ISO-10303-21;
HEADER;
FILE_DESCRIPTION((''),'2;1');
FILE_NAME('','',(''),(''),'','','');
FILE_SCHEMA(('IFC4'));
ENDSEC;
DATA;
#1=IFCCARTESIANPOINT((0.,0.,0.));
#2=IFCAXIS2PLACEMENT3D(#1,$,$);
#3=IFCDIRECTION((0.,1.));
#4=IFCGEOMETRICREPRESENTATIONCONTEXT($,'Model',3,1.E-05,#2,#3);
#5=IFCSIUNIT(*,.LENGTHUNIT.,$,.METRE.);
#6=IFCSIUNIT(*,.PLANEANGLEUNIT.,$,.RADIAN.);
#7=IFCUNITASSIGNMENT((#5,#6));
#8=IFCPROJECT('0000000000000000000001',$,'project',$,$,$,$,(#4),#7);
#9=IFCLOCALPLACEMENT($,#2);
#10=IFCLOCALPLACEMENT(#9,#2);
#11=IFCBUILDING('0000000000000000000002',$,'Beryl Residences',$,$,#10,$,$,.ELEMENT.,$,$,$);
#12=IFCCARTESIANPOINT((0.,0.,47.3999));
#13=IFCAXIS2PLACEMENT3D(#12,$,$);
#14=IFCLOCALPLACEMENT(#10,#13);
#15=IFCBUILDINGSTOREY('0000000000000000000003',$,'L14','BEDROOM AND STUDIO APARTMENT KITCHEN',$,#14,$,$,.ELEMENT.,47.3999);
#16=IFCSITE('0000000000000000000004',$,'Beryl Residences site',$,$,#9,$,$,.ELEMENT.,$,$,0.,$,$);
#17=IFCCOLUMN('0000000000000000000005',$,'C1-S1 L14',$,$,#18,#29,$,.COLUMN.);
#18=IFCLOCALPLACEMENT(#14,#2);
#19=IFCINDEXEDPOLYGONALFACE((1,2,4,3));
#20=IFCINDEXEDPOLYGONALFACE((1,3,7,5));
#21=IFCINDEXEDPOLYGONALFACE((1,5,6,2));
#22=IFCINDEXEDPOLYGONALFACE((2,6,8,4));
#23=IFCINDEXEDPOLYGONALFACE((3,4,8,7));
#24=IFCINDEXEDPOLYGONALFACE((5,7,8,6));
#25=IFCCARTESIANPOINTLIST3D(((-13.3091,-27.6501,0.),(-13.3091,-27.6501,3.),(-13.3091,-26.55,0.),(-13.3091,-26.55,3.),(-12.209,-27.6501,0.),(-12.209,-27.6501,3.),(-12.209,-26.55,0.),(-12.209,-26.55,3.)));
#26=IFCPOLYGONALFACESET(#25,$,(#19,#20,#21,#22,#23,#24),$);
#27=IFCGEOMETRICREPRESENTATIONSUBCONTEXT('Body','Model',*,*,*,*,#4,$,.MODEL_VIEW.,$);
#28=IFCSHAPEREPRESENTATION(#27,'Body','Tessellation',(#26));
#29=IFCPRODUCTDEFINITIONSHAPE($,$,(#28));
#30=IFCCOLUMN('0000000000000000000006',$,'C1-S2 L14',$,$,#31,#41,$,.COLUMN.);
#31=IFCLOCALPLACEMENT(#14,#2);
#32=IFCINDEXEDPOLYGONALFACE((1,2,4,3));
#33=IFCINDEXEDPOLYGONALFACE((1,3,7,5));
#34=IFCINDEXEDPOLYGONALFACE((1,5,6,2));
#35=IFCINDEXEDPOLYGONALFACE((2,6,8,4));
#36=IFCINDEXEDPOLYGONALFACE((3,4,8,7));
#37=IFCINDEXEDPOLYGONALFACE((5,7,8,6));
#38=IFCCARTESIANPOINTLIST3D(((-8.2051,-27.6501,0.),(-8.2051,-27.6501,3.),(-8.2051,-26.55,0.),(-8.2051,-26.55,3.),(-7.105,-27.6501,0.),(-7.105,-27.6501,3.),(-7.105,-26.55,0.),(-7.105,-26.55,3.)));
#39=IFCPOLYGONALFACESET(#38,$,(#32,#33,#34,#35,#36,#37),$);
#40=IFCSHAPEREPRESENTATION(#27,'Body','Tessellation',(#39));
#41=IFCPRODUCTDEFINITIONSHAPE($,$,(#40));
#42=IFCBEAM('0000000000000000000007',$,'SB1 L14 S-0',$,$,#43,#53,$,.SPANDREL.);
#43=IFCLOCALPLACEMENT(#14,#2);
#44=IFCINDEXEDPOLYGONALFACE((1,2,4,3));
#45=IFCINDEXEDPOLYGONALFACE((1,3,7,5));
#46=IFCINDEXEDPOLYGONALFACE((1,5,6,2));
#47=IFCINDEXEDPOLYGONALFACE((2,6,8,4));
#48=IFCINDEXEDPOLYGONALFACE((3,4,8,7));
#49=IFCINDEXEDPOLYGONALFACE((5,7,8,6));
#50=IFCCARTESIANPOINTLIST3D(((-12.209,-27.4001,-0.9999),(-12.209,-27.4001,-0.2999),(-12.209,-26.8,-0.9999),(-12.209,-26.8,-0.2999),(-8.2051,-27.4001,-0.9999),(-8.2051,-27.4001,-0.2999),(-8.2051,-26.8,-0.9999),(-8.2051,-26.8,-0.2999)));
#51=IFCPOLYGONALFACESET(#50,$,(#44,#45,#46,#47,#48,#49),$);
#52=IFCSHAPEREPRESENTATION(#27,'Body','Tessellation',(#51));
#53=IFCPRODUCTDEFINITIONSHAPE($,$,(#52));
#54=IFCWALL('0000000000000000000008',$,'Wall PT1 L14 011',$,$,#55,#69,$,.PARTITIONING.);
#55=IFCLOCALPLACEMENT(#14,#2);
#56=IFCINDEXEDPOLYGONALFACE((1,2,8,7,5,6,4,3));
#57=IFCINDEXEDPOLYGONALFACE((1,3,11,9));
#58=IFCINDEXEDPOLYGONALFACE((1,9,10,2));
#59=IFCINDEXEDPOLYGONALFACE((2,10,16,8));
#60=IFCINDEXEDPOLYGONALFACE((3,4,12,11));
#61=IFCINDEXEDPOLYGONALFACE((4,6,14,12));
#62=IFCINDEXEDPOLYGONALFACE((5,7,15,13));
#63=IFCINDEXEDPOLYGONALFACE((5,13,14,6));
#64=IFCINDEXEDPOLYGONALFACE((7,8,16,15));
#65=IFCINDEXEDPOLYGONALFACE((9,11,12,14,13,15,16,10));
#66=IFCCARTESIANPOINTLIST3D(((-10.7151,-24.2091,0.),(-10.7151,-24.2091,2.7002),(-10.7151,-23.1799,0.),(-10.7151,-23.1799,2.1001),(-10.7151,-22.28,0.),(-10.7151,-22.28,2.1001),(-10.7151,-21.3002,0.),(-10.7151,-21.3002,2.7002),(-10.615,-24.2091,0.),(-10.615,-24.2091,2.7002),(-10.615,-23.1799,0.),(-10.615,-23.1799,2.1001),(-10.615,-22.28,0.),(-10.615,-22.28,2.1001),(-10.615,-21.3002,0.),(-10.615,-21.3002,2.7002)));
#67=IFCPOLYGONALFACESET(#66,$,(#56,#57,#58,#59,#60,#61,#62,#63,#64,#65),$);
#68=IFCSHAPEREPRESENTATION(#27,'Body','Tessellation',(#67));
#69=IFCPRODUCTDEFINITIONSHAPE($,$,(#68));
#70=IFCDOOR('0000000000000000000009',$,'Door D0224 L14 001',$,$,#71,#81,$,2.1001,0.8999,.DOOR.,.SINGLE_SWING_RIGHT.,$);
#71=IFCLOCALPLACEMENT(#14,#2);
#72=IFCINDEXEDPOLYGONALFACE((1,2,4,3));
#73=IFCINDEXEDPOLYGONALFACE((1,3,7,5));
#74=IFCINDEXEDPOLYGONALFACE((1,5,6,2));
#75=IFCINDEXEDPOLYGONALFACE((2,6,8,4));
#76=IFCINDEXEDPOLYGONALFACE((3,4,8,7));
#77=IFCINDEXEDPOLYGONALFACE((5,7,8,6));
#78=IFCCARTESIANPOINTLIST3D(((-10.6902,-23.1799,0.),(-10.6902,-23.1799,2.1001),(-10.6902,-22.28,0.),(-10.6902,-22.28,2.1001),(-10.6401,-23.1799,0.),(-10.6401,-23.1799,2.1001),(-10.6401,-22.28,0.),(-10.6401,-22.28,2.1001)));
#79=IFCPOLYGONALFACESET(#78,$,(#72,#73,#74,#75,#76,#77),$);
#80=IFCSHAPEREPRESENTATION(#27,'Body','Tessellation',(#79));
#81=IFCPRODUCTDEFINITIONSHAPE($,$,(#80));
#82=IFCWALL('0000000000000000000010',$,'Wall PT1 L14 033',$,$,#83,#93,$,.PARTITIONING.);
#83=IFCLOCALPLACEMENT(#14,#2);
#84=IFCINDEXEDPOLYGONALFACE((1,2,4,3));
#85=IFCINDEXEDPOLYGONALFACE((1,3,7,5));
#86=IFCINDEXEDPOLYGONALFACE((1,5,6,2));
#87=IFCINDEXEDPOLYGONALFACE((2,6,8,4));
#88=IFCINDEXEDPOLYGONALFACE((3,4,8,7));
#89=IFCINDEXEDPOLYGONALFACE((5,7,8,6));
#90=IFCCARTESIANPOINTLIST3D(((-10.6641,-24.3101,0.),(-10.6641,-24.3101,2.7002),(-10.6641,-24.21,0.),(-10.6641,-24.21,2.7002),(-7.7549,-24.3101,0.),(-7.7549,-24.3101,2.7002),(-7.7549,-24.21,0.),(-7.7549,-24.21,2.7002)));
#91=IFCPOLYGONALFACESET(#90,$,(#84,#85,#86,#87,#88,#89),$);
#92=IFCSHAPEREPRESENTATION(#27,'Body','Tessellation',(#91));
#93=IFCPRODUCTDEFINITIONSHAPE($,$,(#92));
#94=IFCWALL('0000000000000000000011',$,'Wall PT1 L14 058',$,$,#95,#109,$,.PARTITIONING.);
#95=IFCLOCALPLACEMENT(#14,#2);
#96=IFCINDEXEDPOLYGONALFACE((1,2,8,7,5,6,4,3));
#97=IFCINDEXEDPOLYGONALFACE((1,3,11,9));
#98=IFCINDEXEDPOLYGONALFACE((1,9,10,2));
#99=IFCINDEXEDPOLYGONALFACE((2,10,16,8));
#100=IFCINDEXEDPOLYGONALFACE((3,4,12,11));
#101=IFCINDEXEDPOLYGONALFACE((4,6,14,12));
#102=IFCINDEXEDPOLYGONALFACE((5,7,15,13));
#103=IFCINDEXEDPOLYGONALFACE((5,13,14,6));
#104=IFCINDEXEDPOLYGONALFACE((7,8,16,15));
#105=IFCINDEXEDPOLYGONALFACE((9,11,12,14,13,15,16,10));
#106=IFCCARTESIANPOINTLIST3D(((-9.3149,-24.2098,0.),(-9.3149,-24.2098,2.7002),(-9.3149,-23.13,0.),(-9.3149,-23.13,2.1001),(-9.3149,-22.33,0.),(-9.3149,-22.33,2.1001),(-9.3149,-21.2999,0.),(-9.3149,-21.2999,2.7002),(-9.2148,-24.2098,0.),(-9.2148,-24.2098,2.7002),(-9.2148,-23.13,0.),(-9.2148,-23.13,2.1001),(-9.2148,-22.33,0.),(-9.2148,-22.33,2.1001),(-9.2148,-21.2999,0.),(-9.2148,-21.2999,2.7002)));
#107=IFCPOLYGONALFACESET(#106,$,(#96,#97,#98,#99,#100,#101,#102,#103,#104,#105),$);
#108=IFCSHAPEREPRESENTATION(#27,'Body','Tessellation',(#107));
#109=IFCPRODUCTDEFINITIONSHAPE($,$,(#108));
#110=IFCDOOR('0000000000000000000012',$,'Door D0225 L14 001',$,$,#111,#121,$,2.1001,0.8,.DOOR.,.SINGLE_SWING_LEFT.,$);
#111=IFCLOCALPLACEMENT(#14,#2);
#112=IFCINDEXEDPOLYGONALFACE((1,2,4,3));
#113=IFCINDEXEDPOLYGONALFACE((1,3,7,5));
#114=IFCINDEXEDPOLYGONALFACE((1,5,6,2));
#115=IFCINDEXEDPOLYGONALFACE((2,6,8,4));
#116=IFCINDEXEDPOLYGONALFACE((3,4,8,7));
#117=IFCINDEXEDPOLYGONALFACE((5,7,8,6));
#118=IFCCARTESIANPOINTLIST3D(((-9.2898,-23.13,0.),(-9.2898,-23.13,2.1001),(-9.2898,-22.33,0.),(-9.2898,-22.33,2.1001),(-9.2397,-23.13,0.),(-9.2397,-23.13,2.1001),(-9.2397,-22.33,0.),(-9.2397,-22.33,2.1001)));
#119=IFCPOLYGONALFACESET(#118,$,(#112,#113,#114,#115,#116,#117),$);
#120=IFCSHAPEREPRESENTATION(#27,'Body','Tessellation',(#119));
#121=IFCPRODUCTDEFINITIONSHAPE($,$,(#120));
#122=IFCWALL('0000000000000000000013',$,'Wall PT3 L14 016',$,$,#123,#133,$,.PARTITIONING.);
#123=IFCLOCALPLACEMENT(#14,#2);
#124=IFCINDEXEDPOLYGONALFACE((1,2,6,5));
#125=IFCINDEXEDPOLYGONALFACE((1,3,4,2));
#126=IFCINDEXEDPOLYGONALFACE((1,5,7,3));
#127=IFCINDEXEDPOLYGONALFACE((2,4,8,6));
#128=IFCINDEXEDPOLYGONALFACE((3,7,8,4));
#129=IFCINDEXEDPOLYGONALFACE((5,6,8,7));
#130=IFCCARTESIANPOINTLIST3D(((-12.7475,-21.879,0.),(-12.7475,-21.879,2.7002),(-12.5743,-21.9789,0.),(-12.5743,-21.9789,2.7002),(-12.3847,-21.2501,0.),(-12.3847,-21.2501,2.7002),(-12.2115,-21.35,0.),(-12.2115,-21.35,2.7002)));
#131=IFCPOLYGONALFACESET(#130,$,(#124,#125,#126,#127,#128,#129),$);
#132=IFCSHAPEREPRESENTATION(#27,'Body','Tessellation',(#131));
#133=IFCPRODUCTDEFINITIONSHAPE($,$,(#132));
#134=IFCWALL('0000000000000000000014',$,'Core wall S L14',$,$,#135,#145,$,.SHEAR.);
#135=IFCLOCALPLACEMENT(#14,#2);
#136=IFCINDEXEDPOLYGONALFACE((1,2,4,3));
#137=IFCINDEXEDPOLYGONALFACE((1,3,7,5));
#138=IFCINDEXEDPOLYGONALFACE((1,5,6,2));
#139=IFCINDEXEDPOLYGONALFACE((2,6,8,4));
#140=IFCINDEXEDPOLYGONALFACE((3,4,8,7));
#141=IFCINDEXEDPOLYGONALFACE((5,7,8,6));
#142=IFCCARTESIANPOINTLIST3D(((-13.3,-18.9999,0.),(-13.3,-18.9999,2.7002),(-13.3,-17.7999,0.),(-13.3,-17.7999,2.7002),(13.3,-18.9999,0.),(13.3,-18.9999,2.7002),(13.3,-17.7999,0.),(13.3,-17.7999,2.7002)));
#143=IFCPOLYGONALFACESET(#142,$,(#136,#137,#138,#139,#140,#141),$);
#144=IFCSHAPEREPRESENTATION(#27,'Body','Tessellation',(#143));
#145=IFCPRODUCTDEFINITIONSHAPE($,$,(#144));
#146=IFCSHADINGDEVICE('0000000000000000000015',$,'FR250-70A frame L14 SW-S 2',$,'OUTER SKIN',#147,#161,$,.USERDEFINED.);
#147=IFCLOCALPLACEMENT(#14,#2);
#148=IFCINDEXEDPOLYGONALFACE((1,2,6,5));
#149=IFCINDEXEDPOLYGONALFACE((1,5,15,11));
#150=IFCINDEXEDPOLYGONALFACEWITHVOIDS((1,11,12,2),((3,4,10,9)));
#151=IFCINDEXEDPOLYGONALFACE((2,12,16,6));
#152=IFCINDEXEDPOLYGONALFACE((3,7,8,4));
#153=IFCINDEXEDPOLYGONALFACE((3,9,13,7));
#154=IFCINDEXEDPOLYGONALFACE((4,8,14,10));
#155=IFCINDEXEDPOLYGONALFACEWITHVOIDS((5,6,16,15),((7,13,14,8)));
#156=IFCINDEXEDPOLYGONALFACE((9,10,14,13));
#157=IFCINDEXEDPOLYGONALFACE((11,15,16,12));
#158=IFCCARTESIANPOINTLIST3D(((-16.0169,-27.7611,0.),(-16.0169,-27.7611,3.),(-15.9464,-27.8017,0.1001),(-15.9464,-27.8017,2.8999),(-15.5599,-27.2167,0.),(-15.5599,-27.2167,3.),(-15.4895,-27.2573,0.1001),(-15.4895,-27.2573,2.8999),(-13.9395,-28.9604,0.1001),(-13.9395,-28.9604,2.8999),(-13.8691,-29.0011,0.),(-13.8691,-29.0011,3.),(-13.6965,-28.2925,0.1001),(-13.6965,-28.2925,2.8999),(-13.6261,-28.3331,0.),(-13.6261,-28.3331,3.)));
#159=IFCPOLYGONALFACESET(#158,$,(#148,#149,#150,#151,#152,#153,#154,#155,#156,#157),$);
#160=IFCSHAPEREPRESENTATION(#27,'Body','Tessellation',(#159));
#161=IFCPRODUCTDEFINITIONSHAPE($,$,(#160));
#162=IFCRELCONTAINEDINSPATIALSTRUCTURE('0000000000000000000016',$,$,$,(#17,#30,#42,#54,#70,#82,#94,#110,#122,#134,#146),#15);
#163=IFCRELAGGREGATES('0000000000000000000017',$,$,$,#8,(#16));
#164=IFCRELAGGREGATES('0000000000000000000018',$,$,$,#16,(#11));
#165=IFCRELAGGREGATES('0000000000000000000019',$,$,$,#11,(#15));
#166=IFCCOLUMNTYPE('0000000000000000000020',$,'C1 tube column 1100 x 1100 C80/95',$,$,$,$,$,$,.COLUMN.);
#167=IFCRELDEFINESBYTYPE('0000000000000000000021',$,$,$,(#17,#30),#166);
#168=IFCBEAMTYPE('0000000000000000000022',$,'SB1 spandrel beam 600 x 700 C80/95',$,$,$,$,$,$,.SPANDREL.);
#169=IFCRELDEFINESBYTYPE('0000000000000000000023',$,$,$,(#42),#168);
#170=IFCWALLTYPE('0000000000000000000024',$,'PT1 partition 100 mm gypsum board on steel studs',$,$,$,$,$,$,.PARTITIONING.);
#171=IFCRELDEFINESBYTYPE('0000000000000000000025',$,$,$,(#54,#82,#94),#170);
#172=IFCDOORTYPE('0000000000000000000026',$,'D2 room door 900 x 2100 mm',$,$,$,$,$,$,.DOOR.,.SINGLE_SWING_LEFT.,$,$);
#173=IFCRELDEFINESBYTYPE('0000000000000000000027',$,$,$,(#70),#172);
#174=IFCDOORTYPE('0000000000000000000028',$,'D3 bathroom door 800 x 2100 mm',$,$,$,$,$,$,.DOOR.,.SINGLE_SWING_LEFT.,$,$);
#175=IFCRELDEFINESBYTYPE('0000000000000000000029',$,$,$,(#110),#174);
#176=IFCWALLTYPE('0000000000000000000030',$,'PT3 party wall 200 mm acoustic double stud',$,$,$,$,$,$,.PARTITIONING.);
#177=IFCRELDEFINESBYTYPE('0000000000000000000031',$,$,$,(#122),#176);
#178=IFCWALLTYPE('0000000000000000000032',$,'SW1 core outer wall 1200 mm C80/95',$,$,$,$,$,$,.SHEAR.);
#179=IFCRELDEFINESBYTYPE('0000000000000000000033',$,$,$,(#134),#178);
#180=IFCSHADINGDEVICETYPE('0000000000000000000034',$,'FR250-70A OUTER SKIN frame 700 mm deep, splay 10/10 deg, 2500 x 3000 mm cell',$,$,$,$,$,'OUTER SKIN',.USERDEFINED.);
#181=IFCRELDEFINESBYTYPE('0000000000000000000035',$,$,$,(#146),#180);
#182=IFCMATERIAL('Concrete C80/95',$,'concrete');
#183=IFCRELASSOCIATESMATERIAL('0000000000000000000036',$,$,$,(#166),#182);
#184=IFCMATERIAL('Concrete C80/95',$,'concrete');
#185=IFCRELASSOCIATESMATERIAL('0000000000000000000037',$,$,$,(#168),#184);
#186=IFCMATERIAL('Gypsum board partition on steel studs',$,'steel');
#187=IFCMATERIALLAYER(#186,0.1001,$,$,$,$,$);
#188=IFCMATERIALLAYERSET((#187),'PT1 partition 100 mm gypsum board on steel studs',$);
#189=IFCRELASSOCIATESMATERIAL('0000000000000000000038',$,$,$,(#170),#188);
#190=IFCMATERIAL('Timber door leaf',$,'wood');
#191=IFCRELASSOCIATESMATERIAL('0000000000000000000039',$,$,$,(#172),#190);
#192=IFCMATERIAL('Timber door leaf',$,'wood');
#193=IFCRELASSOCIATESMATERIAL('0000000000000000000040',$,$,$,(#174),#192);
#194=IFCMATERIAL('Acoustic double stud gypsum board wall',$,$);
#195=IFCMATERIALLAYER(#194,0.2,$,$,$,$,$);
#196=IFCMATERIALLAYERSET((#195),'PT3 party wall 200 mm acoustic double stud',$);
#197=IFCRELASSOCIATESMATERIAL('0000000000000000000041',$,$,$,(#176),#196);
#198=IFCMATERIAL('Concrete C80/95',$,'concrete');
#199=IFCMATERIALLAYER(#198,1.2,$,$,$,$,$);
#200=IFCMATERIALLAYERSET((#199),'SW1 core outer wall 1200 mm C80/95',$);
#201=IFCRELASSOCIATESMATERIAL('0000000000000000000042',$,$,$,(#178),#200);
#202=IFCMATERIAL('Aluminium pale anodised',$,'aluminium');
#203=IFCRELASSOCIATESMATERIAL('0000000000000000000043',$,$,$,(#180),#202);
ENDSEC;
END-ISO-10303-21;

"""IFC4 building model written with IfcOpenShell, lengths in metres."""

from ifc_helpers import new_model, entity, si_unit, direction, frame, frame_2d, origin, origin_2d, place, context, subcontext, project, spatial, rectangle, extrude, source, transform, mapped, material, layer, layer_set, material_profile, profile_set, type_object, type_shapes, element, fill, save


model = new_model("IFC4")

# Units and contexts
model_context = context("Model", 3, precision=1e-05, world=origin(), true_north=direction((0.0, 1.0)))
body_context = subcontext(model_context, "Body", "Model", "MODEL_VIEW")
ifc_project = project(units=[si_unit("LENGTHUNIT", "METRE"), si_unit("PLANEANGLEUNIT", "RADIAN")], contexts=[model_context])

# Site, building, storey
site_placement = place(None, origin())
site = spatial("IfcSite", under=ifc_project, at=site_placement, Name="Beryl Residences site", CompositionType="ELEMENT", RefElevation=0.0)
building_placement = place(site_placement, origin())
building = spatial("IfcBuilding", under=site, at=building_placement, Name="Beryl Residences", CompositionType="ELEMENT")
storey_placement = place(building_placement, frame((0.0, 0.0, 47.3999)))
storey = spatial("IfcBuildingStorey", under=building, at=storey_placement, Name="L14", Description="BEDROOM AND STUDIO APARTMENT KITCHEN", CompositionType="ELEMENT", Elevation=47.3999)

# Columns
ifc_material_1 = material(Name="Concrete C80/95", Category="concrete")
ifc_material_profile_1 = material_profile(ifc_material_1, rectangle(XDim=1.1001, YDim=1.1001, at=origin_2d()))
ifc_profile_set_1 = profile_set([ifc_material_profile_1], Name="Concrete C80/95")
column_type = type_object("IfcColumnType", Name="C1 tube column 1100 x 1100 C80/95", PredefinedType="COLUMN", material=ifc_profile_set_1)
for number, where, z_axis, x_axis, name in (
    (1, (-12.759, -27.1001, 0.0), (0.0, 0.0, 1.0), (1.0, 0.0, 0.0), "C1-S1 L14"),
    (2, (-7.655, -27.1001, 0.0), (0.0, 0.0, 1.0), (1.0, 0.0, 0.0), "C1-S2 L14"),
):
    element("IfcColumn", number, at=place(storey_placement, frame(where, z_axis=z_axis, x_axis=x_axis)), inside=storey, type_object=column_type, Name=name, PredefinedType="COLUMN", context=body_context, shape_type="SweptSolid", body=[
        extrude(rectangle(XDim=1.1001, YDim=1.1001, at=origin_2d()), origin(), (0.0, 0.0, 1.0), 3.0),
    ])

# Beam
ifc_material_2 = material(Name="Concrete C80/95", Category="concrete")
ifc_material_profile_2 = material_profile(ifc_material_2, rectangle(XDim=0.6001, YDim=0.7, at=origin_2d()))
ifc_profile_set_2 = profile_set([ifc_material_profile_2], Name="Concrete C80/95")
beam_type = type_object("IfcBeamType", Name="SB1 spandrel beam 600 x 700 C80/95", PredefinedType="SPANDREL", material=ifc_profile_set_2)
beam_placement = place(storey_placement, frame((-12.209, -27.1001, -0.6499), z_axis=(1.0, 0.0, 0.0), x_axis=(0.0, 1.0, 0.0)))
element("IfcBeam", 3, at=beam_placement, inside=storey, type_object=beam_type, Name="SB1 L14 S-0", PredefinedType="SPANDREL", context=body_context, shape_type="SweptSolid", body=[
    extrude(rectangle(XDim=0.6001, YDim=0.7, at=origin_2d()), origin(), (0.0, 0.0, 1.0), 4.0039),
])

# Wall, opening, door
ifc_material_3 = material(Name="Gypsum board partition on steel studs", Category="steel")
ifc_layer_1 = layer(ifc_material_3, 0.1001)
ifc_layer_set_1 = layer_set([ifc_layer_1], Name="PT1 partition 100 mm gypsum board on steel studs")
wall_type_1 = type_object("IfcWallType", Name="PT1 partition 100 mm gypsum board on steel studs", PredefinedType="PARTITIONING", material=ifc_layer_set_1)
wall_1_placement = place(storey_placement, frame((-10.665, -21.3, 0.0), z_axis=(0.0, 0.0, 1.0), x_axis=(0.0, -1.0, 0.0)))
wall_1 = element("IfcWall", 4, at=wall_1_placement, inside=storey, type_object=wall_type_1, Name="Wall PT1 L14 011", PredefinedType="PARTITIONING", context=body_context, shape_type="SweptSolid", body=[
    extrude(rectangle(XDim=2.9089, YDim=0.1001, at=frame_2d((1.4546, 0.0))), origin(), (0.0, 0.0, 1.0), 2.7002),
])
opening_1_placement = place(wall_1_placement, frame((0.98, 0.0, 0.0)))
opening_1 = element("IfcOpeningElement", 5, at=opening_1_placement, cuts=wall_1, PredefinedType="OPENING", context=body_context, shape_type="SweptSolid", body=[
    extrude(rectangle(XDim=0.8999, YDim=2.1001, at=frame_2d((0.45, 1.05))), frame((0.0, 0.0601, 0.0), z_axis=(0.0, -1.0, 0.0), x_axis=(1.0, 0.0, 0.0)), (0.0, 0.0, 1.0), 0.1201),
])
ifc_material_4 = material(Name="Timber door leaf", Category="wood")
door_type_1 = type_object("IfcDoorType", Name="D2 room door 900 x 2100 mm", OperationType="SINGLE_SWING_LEFT", PredefinedType="DOOR", material=ifc_material_4)
door_1_placement = place(opening_1_placement, origin())
door_1 = element("IfcDoor", 6, at=door_1_placement, inside=storey, type_object=door_type_1, Name="Door D0224 L14 001", OperationType="SINGLE_SWING_RIGHT", OverallHeight=2.1001, OverallWidth=0.8999, PredefinedType="DOOR", context=body_context, shape_type="SweptSolid", body=[
    extrude(rectangle(XDim=0.8999, YDim=2.1001, at=frame_2d((0.45, 1.05))), frame((0.0, 0.0249, 0.0), z_axis=(0.0, -1.0, 0.0), x_axis=(1.0, 0.0, 0.0)), (0.0, 0.0, 1.0), 0.05),
])
fill(opening_1, door_1)

# Wall
wall_2_placement = place(storey_placement, frame((-10.6641, -24.26, 0.0), z_axis=(0.0, 0.0, 1.0), x_axis=(1.0, 0.0, 0.0)))
element("IfcWall", 7, at=wall_2_placement, inside=storey, type_object=wall_type_1, Name="Wall PT1 L14 033", PredefinedType="PARTITIONING", context=body_context, shape_type="SweptSolid", body=[
    extrude(rectangle(XDim=2.9092, YDim=0.1001, at=frame_2d((1.4546, 0.0))), origin(), (0.0, 0.0, 1.0), 2.7002),
])

# Wall, opening, door
wall_3_placement = place(storey_placement, frame((-9.2649, -24.21, 0.0), z_axis=(0.0, 0.0, 1.0), x_axis=(0.0, 1.0, 0.0)))
wall_3 = element("IfcWall", 8, at=wall_3_placement, inside=storey, type_object=wall_type_1, Name="Wall PT1 L14 058", PredefinedType="PARTITIONING", context=body_context, shape_type="SweptSolid", body=[
    extrude(rectangle(XDim=2.9099, YDim=0.1001, at=frame_2d((1.4551, 0.0))), origin(), (0.0, 0.0, 1.0), 2.7002),
])
opening_2_placement = place(wall_3_placement, frame((1.0801, 0.0, 0.0)))
opening_2 = element("IfcOpeningElement", 9, at=opening_2_placement, cuts=wall_3, PredefinedType="OPENING", context=body_context, shape_type="SweptSolid", body=[
    extrude(rectangle(XDim=0.8, YDim=2.1001, at=frame_2d((0.3999, 1.05))), frame((0.0, 0.0601, 0.0), z_axis=(0.0, -1.0, 0.0), x_axis=(1.0, 0.0, 0.0)), (0.0, 0.0, 1.0), 0.1201),
])
ifc_material_5 = material(Name="Timber door leaf", Category="wood")
door_type_2 = type_object("IfcDoorType", Name="D3 bathroom door 800 x 2100 mm", OperationType="SINGLE_SWING_LEFT", PredefinedType="DOOR", material=ifc_material_5)
door_2_placement = place(opening_2_placement, origin())
door_2 = element("IfcDoor", 10, at=door_2_placement, inside=storey, type_object=door_type_2, Name="Door D0225 L14 001", OperationType="SINGLE_SWING_LEFT", OverallHeight=2.1001, OverallWidth=0.8, PredefinedType="DOOR", context=body_context, shape_type="SweptSolid", body=[
    extrude(rectangle(XDim=0.8, YDim=2.1001, at=frame_2d((0.3999, 1.05))), frame((0.0, 0.0249, 0.0), z_axis=(0.0, -1.0, 0.0), x_axis=(1.0, 0.0, 0.0)), (0.0, 0.0, 1.0), 0.05),
])
fill(opening_2, door_2)

# Walls
ifc_material_6 = material(Name="Acoustic double stud gypsum board wall")
ifc_layer_2 = layer(ifc_material_6, 0.2)
ifc_layer_set_2 = layer_set([ifc_layer_2], Name="PT3 party wall 200 mm acoustic double stud")
wall_type_2 = type_object("IfcWallType", Name="PT3 party wall 200 mm acoustic double stud", PredefinedType="PARTITIONING", material=ifc_layer_set_2)
wall_4_placement = place(storey_placement, frame((-12.6609, -21.929, 0.0), z_axis=(0.0, 0.0, 1.0), x_axis=(0.499684, 0.866208, 0.0)))
element("IfcWall", 11, at=wall_4_placement, inside=storey, type_object=wall_type_2, Name="Wall PT3 L14 016", PredefinedType="PARTITIONING", context=body_context, shape_type="SweptSolid", body=[
    extrude(rectangle(XDim=0.7261, YDim=0.2, at=frame_2d((0.363, 0.0))), origin(), (0.0, 0.0, 1.0), 2.7002),
])
ifc_material_7 = material(Name="Concrete C80/95", Category="concrete")
ifc_layer_3 = layer(ifc_material_7, 1.2)
ifc_layer_set_3 = layer_set([ifc_layer_3], Name="SW1 core outer wall 1200 mm C80/95")
wall_type_3 = type_object("IfcWallType", Name="SW1 core outer wall 1200 mm C80/95", PredefinedType="SHEAR", material=ifc_layer_set_3)
wall_5_placement = place(storey_placement, frame((-13.3, -18.3999, 0.0), z_axis=(0.0, 0.0, 1.0), x_axis=(1.0, 0.0, 0.0)))
element("IfcWall", 12, at=wall_5_placement, inside=storey, type_object=wall_type_3, Name="Core wall S L14", PredefinedType="SHEAR", context=body_context, shape_type="SweptSolid", body=[
    extrude(rectangle(XDim=26.6001, YDim=1.2, at=frame_2d((13.3, 0.0))), origin(), (0.0, 0.0, 1.0), 2.7002),
])

# Shading device
ifc_material_8 = material(Name="Aluminium pale anodised", Category="aluminium")
shading_device_type_1 = type_object("IfcShadingDeviceType", Name="FR250-70A OUTER SKIN frame 700 mm deep, splay 10/10 deg, 2500 x 3000 mm cell", ElementType="OUTER SKIN", PredefinedType="USERDEFINED", material=ifc_material_8)
cartesian_point_1 = entity("IfcCartesianPoint", [-1.1165, 0.0])
cartesian_point_2 = entity("IfcCartesianPoint", [-1.0352, 0.1001])
cartesian_point_3 = entity("IfcCartesianPoint", [-1.24, 0.0])
cartesian_point_4 = entity("IfcCartesianPoint", [-1.1587, 0.1001])
shared_shape_1 = source(origin(), body_context, "Body", "SweptSolid", [
    entity("IfcExtrudedAreaSolidTapered", entity("IfcArbitraryProfileDefWithVoids", "AREA", None, entity("IfcPolyline", [cartesian_point_1, entity("IfcCartesianPoint", [1.1165, 0.0]), entity("IfcCartesianPoint", [1.1165, 3.0]), entity("IfcCartesianPoint", [-1.1165, 3.0]), cartesian_point_1]), [entity("IfcPolyline", [cartesian_point_2, entity("IfcCartesianPoint", [1.0352, 0.1001]), entity("IfcCartesianPoint", [1.0352, 2.8999]), entity("IfcCartesianPoint", [-1.0352, 2.8999]), cartesian_point_2])]), entity("IfcAxis2Placement3D", entity("IfcCartesianPoint", [0.0, 0.0, 0.0]), entity("IfcDirection", [0.0, 1.0, 0.0]), entity("IfcDirection", [-1.0, 0.0, 0.0])), entity("IfcDirection", [0.0, 0.0, 1.0]), 0.7, entity("IfcArbitraryProfileDefWithVoids", "AREA", None, entity("IfcPolyline", [cartesian_point_3, entity("IfcCartesianPoint", [1.24, 0.0]), entity("IfcCartesianPoint", [1.24, 3.0]), entity("IfcCartesianPoint", [-1.24, 3.0]), cartesian_point_3]), [entity("IfcPolyline", [cartesian_point_4, entity("IfcCartesianPoint", [1.1587, 0.1001]), entity("IfcCartesianPoint", [1.1587, 2.8999]), entity("IfcCartesianPoint", [-1.1587, 2.8999]), cartesian_point_4])])),
])
type_shapes(shading_device_type_1, [shared_shape_1])
shading_device_placement = place(storey_placement, frame((-14.593, -27.7749, 0.0), z_axis=(0.0, 0.0, 1.0), x_axis=(-0.866025, 0.5, 0.0)))
element("IfcShadingDevice", 13, at=shading_device_placement, inside=storey, type_object=shading_device_type_1, Name="FR250-70A frame L14 SW-S 2", ObjectType="OUTER SKIN", PredefinedType="USERDEFINED", context=body_context, shape_type="MappedRepresentation", body=[
    mapped(shared_shape_1, transform((0.0, 0.0, 0.0))),
])

save(model, "model.ifc")
